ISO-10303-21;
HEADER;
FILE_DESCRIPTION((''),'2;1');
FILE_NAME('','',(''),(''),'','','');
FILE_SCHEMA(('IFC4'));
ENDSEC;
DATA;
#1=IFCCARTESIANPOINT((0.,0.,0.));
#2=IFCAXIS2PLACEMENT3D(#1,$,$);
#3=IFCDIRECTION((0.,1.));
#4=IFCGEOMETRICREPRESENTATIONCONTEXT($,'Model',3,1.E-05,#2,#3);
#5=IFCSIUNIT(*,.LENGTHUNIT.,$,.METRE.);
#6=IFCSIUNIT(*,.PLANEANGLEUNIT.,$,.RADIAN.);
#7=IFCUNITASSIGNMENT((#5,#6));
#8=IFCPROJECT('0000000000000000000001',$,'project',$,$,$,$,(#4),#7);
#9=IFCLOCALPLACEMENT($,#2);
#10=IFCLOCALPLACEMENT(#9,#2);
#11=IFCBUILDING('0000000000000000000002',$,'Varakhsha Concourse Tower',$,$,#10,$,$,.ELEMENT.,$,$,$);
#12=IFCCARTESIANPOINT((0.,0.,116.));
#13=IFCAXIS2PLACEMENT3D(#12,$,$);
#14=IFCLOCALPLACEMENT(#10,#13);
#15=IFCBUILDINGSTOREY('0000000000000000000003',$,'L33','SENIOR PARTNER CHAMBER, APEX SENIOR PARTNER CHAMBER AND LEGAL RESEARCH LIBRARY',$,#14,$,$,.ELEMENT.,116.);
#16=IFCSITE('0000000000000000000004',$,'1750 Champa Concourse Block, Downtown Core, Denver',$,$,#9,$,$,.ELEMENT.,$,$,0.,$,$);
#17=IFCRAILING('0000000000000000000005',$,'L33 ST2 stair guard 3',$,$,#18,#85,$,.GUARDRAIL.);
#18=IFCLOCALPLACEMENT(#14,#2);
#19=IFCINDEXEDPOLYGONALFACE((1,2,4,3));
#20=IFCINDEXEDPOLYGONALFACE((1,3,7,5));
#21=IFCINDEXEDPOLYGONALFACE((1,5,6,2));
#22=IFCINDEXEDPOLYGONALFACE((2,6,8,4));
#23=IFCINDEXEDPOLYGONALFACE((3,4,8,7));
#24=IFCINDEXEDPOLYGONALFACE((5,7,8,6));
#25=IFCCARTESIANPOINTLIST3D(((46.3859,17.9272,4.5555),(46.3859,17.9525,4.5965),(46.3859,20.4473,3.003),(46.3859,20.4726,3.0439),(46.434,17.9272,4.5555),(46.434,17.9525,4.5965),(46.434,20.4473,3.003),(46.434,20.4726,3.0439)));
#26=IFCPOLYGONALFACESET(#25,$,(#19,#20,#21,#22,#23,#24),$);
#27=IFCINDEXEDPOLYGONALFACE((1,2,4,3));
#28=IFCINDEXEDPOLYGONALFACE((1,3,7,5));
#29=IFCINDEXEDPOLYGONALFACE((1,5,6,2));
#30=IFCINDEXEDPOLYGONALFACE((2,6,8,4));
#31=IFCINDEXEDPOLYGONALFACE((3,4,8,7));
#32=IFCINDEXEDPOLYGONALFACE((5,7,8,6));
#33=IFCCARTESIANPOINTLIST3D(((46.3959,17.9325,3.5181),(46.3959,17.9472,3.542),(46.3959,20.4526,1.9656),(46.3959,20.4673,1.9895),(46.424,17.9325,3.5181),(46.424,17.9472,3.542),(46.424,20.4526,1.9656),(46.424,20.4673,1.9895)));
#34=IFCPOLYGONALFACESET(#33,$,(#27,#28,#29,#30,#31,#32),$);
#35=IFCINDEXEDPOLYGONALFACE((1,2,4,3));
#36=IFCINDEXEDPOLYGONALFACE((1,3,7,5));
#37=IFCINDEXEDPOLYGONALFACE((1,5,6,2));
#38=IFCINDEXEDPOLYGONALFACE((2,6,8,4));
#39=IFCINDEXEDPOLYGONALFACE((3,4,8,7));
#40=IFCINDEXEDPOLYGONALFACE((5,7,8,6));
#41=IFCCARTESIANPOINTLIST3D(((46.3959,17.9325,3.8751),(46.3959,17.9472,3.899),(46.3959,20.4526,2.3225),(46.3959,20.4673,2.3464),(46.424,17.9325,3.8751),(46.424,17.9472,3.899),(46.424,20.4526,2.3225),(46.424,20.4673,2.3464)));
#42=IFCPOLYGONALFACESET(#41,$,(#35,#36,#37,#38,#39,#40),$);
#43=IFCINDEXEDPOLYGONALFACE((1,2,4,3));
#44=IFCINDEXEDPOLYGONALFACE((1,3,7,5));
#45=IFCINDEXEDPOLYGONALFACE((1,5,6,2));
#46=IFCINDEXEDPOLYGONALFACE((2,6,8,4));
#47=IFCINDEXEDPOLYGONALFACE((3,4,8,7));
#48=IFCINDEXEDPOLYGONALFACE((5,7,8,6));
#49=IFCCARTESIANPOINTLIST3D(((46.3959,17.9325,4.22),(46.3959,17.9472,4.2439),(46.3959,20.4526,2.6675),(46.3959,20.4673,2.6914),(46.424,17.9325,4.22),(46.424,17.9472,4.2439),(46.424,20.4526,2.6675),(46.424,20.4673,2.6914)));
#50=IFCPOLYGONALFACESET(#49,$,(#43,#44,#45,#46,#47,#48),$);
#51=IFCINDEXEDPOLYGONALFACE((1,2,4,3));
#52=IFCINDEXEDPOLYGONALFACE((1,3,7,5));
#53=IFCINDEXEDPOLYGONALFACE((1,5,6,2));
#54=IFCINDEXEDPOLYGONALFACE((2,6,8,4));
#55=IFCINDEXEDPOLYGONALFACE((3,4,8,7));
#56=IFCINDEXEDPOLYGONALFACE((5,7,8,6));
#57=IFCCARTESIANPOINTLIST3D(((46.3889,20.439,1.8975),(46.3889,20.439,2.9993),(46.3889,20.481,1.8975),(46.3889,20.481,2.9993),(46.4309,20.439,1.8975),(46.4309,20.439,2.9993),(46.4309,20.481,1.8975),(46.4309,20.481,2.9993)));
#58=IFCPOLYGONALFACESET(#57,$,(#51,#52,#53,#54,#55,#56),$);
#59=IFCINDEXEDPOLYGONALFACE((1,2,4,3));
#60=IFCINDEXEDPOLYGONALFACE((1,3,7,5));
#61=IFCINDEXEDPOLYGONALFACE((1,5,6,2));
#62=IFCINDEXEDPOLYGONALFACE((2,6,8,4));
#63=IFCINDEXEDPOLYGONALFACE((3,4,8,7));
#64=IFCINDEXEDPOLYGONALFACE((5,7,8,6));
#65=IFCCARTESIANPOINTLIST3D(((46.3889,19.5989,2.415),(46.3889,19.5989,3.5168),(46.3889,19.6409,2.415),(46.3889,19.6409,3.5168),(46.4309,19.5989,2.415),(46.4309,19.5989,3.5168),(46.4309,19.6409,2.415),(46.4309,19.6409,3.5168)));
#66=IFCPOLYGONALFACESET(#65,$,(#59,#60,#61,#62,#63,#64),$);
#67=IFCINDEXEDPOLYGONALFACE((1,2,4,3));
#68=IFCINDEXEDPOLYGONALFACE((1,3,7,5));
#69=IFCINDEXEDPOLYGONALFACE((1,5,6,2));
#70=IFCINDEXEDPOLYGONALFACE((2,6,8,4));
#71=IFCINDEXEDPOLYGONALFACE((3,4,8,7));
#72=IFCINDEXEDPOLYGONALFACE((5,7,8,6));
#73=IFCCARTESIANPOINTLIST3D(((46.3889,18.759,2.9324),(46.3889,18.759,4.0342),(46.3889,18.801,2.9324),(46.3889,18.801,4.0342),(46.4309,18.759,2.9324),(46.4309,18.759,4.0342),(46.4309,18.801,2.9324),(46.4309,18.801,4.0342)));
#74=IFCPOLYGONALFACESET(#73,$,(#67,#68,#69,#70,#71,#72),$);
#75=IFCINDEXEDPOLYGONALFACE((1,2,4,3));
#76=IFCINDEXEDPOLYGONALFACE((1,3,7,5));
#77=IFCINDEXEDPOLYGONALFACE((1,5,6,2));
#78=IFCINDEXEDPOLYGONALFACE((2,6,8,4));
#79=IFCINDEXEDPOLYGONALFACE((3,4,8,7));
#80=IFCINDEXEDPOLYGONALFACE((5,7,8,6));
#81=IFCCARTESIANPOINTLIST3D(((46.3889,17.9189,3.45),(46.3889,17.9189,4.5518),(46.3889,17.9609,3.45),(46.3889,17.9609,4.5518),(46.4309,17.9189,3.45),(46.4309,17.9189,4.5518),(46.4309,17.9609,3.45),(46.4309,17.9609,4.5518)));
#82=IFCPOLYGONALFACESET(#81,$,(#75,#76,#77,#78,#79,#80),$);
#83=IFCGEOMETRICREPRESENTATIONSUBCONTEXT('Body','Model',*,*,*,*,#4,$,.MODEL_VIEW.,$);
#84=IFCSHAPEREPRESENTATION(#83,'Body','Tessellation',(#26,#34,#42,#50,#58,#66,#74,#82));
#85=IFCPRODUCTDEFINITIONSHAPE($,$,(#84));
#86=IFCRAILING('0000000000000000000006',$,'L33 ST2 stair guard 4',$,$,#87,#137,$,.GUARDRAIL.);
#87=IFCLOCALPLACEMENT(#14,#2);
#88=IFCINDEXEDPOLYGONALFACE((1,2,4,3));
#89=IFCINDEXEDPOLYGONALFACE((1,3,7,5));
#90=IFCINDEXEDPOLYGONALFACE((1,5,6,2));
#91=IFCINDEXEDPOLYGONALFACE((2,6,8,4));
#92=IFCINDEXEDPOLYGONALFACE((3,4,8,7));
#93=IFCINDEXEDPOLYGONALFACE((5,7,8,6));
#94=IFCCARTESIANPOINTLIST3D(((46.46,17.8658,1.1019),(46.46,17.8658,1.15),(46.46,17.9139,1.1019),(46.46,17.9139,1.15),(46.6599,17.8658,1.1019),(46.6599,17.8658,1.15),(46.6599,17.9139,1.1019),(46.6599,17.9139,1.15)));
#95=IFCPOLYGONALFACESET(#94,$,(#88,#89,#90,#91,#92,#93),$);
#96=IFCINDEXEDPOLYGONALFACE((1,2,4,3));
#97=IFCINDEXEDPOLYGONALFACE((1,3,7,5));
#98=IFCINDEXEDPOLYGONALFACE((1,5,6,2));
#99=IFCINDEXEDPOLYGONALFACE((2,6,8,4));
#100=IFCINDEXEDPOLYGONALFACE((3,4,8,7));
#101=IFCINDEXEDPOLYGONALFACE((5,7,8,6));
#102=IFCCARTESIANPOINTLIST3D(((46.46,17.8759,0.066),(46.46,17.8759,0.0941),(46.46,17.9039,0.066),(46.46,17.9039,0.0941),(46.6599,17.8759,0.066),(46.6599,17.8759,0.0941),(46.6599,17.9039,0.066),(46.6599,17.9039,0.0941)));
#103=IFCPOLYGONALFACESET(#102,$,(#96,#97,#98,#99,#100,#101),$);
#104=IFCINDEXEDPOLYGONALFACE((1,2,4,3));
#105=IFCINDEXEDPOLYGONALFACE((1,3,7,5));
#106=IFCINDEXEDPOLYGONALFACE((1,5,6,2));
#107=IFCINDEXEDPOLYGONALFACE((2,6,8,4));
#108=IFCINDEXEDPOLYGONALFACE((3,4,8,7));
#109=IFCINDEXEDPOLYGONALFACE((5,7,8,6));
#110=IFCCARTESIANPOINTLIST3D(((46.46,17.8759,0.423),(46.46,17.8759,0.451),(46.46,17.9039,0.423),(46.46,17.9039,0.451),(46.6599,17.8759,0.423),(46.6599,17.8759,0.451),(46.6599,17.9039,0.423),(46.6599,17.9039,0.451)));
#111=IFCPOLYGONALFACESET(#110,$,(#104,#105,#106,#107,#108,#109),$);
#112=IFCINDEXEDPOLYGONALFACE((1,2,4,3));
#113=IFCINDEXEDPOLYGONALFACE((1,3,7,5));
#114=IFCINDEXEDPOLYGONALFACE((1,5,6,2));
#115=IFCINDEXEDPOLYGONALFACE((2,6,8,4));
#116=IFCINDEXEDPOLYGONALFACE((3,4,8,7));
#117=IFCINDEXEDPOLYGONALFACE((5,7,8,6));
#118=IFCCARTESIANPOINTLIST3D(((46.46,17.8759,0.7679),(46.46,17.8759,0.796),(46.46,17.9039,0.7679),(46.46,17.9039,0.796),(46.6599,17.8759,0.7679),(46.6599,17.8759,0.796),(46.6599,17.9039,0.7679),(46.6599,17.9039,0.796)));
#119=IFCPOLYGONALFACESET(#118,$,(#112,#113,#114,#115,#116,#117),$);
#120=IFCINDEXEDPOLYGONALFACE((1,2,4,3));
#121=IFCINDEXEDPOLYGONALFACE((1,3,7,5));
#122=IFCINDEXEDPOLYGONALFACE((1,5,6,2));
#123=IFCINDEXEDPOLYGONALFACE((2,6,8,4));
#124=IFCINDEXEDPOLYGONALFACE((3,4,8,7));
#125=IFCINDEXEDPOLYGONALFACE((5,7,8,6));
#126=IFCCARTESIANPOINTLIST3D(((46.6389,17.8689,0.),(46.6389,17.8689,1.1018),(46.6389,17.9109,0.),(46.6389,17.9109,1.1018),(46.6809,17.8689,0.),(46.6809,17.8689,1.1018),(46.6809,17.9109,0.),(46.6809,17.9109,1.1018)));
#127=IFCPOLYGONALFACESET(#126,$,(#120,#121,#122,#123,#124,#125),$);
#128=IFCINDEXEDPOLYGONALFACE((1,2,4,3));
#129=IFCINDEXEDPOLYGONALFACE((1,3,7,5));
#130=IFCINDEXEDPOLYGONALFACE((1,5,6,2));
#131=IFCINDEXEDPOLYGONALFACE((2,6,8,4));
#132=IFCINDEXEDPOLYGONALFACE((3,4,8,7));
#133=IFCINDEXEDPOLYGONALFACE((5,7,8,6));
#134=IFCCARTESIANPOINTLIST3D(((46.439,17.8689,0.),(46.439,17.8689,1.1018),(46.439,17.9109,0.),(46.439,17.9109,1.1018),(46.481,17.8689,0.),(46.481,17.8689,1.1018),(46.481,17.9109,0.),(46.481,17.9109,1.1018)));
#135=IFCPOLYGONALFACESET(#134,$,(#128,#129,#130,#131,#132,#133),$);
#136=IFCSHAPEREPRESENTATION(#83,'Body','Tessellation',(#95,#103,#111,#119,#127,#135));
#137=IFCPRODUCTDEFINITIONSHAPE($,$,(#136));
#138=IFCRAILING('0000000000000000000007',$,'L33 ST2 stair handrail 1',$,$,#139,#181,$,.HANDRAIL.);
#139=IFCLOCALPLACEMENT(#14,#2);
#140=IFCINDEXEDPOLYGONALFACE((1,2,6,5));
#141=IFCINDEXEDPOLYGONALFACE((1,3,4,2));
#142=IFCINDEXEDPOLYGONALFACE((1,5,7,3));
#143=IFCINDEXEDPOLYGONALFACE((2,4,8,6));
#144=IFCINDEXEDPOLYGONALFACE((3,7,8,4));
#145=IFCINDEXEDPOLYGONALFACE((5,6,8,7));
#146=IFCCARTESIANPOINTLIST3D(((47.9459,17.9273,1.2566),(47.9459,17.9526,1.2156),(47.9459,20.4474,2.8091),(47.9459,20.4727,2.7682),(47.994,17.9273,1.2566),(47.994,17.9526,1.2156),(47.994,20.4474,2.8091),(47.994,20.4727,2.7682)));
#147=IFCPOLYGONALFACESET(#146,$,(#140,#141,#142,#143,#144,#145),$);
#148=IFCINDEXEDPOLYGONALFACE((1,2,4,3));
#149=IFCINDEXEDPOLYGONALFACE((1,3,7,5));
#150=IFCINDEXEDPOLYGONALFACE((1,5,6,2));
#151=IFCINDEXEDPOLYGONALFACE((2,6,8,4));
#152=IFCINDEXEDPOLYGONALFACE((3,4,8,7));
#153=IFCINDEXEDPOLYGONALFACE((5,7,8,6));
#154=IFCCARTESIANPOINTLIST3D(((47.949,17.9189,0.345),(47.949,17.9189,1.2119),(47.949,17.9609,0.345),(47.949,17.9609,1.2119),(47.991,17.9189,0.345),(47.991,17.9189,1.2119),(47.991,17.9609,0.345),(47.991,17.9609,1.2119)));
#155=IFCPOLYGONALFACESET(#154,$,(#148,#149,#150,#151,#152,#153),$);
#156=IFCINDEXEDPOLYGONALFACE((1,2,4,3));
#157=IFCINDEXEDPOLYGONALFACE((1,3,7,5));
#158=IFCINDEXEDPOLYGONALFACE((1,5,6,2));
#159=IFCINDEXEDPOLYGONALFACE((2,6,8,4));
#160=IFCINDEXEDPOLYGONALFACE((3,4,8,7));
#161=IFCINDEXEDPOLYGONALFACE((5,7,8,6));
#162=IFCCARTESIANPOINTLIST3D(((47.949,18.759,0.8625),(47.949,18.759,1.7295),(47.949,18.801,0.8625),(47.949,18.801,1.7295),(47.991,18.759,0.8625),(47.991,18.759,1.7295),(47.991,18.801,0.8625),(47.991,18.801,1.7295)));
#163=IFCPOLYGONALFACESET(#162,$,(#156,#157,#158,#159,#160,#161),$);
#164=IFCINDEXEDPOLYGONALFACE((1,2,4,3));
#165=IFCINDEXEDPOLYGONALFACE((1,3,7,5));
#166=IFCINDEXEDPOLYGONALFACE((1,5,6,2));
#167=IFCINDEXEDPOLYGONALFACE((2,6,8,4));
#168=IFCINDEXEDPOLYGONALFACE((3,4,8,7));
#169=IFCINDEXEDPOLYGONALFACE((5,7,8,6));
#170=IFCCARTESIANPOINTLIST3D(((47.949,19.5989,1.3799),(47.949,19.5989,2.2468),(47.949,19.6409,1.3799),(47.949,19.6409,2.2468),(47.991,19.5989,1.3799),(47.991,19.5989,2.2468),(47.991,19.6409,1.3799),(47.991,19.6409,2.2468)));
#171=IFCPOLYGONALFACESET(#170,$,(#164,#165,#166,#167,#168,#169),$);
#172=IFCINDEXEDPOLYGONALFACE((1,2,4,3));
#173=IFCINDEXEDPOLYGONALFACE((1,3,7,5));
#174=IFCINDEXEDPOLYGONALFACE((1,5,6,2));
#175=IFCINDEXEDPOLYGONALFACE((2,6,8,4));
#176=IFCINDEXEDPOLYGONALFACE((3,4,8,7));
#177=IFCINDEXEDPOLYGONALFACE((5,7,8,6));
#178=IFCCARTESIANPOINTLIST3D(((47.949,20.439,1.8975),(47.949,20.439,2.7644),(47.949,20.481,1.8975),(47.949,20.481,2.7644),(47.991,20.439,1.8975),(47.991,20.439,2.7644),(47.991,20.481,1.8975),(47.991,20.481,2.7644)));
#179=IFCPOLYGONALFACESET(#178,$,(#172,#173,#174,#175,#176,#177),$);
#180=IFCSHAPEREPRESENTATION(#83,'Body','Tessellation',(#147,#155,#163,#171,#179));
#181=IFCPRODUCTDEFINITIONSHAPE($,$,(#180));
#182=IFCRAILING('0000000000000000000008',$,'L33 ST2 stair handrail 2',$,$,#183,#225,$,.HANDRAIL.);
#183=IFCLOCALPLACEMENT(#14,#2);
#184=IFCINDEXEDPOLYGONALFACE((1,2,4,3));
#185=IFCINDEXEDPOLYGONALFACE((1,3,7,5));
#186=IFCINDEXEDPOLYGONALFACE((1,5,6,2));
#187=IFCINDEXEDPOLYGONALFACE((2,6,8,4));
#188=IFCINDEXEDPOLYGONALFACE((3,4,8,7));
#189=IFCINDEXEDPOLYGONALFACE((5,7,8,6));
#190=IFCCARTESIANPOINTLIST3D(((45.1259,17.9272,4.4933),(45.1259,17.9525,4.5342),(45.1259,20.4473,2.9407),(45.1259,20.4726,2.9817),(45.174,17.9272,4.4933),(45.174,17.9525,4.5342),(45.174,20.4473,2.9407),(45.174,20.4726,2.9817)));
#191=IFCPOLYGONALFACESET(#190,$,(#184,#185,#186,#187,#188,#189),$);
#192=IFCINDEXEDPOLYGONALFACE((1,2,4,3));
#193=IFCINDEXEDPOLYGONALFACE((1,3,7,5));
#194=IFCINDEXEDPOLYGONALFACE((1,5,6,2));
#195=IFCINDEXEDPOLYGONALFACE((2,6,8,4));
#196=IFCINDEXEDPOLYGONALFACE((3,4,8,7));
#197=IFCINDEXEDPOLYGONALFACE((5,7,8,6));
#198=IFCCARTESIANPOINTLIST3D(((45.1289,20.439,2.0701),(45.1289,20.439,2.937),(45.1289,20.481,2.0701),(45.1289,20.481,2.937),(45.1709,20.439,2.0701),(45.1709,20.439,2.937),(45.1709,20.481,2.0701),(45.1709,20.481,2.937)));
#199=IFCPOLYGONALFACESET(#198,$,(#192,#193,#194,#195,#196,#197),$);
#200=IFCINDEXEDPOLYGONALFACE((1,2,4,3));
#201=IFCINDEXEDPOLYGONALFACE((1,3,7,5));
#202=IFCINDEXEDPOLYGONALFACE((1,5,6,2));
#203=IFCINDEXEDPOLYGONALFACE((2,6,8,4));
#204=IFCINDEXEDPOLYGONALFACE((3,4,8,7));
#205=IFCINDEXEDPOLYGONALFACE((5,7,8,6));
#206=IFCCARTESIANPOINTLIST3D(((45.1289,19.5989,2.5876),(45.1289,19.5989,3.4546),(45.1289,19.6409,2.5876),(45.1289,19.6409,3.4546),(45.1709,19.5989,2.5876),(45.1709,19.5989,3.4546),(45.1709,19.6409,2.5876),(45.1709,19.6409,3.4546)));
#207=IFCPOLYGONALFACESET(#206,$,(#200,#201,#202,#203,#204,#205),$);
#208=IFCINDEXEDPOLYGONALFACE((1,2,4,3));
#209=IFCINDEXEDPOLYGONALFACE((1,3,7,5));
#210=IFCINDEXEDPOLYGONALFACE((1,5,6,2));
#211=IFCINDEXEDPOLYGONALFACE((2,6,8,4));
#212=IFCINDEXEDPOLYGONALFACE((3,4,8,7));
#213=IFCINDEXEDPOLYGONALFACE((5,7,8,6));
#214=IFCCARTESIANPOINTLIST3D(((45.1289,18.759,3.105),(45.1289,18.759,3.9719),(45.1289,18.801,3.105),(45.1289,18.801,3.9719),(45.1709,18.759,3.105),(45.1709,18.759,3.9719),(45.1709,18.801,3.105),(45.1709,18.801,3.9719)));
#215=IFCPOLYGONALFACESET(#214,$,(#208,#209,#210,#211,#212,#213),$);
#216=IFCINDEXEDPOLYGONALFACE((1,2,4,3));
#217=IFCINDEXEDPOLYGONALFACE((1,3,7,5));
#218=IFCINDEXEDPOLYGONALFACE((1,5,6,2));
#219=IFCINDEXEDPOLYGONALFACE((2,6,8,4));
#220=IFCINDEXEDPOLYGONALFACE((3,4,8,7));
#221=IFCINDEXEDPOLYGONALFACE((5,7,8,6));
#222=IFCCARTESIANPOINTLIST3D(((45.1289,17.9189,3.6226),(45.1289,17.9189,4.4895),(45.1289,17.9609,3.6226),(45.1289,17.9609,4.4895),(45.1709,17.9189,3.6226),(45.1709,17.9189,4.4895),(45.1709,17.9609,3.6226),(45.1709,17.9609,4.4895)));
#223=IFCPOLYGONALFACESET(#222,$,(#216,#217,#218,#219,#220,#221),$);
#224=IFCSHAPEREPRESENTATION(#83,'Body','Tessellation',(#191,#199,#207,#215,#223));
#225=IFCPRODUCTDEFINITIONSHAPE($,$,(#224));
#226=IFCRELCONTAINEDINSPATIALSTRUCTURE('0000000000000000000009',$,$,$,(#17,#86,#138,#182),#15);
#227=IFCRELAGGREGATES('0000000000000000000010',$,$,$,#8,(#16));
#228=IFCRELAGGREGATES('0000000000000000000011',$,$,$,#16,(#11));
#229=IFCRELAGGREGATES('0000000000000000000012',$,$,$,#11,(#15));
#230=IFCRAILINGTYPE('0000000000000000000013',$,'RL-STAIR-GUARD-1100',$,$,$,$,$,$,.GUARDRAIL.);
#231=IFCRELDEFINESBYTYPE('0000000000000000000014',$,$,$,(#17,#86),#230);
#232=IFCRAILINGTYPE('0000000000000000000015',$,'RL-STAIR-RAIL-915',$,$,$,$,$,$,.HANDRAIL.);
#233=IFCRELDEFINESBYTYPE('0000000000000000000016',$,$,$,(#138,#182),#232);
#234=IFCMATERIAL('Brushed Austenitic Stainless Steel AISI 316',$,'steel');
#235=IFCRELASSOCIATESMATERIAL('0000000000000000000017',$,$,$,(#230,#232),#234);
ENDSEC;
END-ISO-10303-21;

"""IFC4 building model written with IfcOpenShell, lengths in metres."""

from ifc_helpers import new_model, si_unit, direction, frame, origin, origin_2d, place, context, subcontext, project, spatial, rectangle, extrude, material, type_object, element, save


model = new_model("IFC4")

# Units and contexts
model_context = context("Model", 3, precision=1e-05, world=origin(), true_north=direction((0.0, 1.0)))
body_context = subcontext(model_context, "Body", "Model", "MODEL_VIEW")
ifc_project = project(units=[si_unit("LENGTHUNIT", "METRE"), si_unit("PLANEANGLEUNIT", "RADIAN")], contexts=[model_context])

# Site, building, storey
site_placement = place(None, origin())
site = spatial("IfcSite", under=ifc_project, at=site_placement, Name="1750 Champa Concourse Block, Downtown Core, Denver", CompositionType="ELEMENT", RefElevation=0.0)
building_placement = place(site_placement, origin())
building = spatial("IfcBuilding", under=site, at=building_placement, Name="Varakhsha Concourse Tower", CompositionType="ELEMENT")
storey_placement = place(building_placement, frame((0.0, 0.0, 116.0)))
storey = spatial("IfcBuildingStorey", under=building, at=storey_placement, Name="L33", Description="SENIOR PARTNER CHAMBER, APEX SENIOR PARTNER CHAMBER AND LEGAL RESEARCH LIBRARY", CompositionType="ELEMENT", Elevation=116.0)

# Railings
ifc_material_1 = material(Name="Brushed Austenitic Stainless Steel AISI 316", Category="steel")
railing_type_1 = type_object("IfcRailingType", Name="RL-STAIR-GUARD-1100", PredefinedType="GUARDRAIL", material=ifc_material_1)
railing_1_placement = place(storey_placement, frame((46.4099, 20.46, 1.8975)))
element("IfcRailing", 1, at=railing_1_placement, inside=storey, type_object=railing_type_1, Name="L33 ST2 stair guard 3", PredefinedType="GUARDRAIL", context=body_context, shape_type="SweptSolid", body=[
    extrude(rectangle(XDim=0.0481, YDim=0.0481, at=origin_2d()), frame((0.0, 0.0, 1.126), z_axis=(0.0, -0.8514, 0.524516), x_axis=(1.0, 0.0, 0.0)), (0.0, 0.0, 1.0), 2.96),
    extrude(rectangle(XDim=0.0281, YDim=0.0281, at=origin_2d()), frame((0.0, 0.0, 0.0801), z_axis=(0.0, -0.8514, 0.524516), x_axis=(1.0, 0.0, 0.0)), (0.0, 0.0, 1.0), 2.96),
    extrude(rectangle(XDim=0.0281, YDim=0.0281, at=origin_2d()), frame((0.0, 0.0, 0.437), z_axis=(0.0, -0.8514, 0.524516), x_axis=(1.0, 0.0, 0.0)), (0.0, 0.0, 1.0), 2.96),
    extrude(rectangle(XDim=0.0281, YDim=0.0281, at=origin_2d()), frame((0.0, 0.0, 0.782), z_axis=(0.0, -0.8514, 0.524516), x_axis=(1.0, 0.0, 0.0)), (0.0, 0.0, 1.0), 2.96),
    extrude(rectangle(XDim=0.042, YDim=0.042, at=origin_2d()), origin(), (0.0, 0.0, 1.0), 1.1018),
    extrude(rectangle(XDim=0.042, YDim=0.042, at=origin_2d()), frame((0.0, -0.8401, 0.5176)), (0.0, 0.0, 1.0), 1.1018),
    extrude(rectangle(XDim=0.042, YDim=0.042, at=origin_2d()), frame((0.0, -1.6799, 1.0349)), (0.0, 0.0, 1.0), 1.1018),
    extrude(rectangle(XDim=0.042, YDim=0.042, at=origin_2d()), frame((0.0, -2.52, 1.5525)), (0.0, 0.0, 1.0), 1.1018),
])
railing_2_placement = place(storey_placement, frame((46.6599, 17.8899, 0.0)))
element("IfcRailing", 2, at=railing_2_placement, inside=storey, type_object=railing_type_1, Name="L33 ST2 stair guard 4", PredefinedType="GUARDRAIL", context=body_context, shape_type="SweptSolid", body=[
    extrude(rectangle(XDim=0.0481, YDim=0.0481, at=origin_2d()), frame((0.0, 0.0, 1.126), z_axis=(-1.0, 0.0, 0.0), x_axis=(0.0, -1.0, 0.0)), (0.0, 0.0, 1.0), 0.2),
    extrude(rectangle(XDim=0.0281, YDim=0.0281, at=origin_2d()), frame((0.0, 0.0, 0.0801), z_axis=(-1.0, 0.0, 0.0), x_axis=(0.0, -1.0, 0.0)), (0.0, 0.0, 1.0), 0.2),
    extrude(rectangle(XDim=0.0281, YDim=0.0281, at=origin_2d()), frame((0.0, 0.0, 0.437), z_axis=(-1.0, 0.0, 0.0), x_axis=(0.0, -1.0, 0.0)), (0.0, 0.0, 1.0), 0.2),
    extrude(rectangle(XDim=0.0281, YDim=0.0281, at=origin_2d()), frame((0.0, 0.0, 0.782), z_axis=(-1.0, 0.0, 0.0), x_axis=(0.0, -1.0, 0.0)), (0.0, 0.0, 1.0), 0.2),
    extrude(rectangle(XDim=0.042, YDim=0.042, at=origin_2d()), origin(), (0.0, 0.0, 1.0), 1.1018),
    extrude(rectangle(XDim=0.042, YDim=0.042, at=origin_2d()), frame((-0.2, 0.0, 0.0)), (0.0, 0.0, 1.0), 1.1018),
])
railing_type_2 = type_object("IfcRailingType", Name="RL-STAIR-RAIL-915", PredefinedType="HANDRAIL", material=ifc_material_1)
railing_3_placement = place(storey_placement, frame((47.97, 17.9399, 0.345)))
element("IfcRailing", 3, at=railing_3_placement, inside=storey, type_object=railing_type_2, Name="L33 ST2 stair handrail 1", PredefinedType="HANDRAIL", context=body_context, shape_type="SweptSolid", body=[
    extrude(rectangle(XDim=0.0481, YDim=0.0481, at=origin_2d()), frame((0.0, 0.0, 0.8911), z_axis=(0.0, 0.8514, 0.524516), x_axis=(-1.0, 0.0, 0.0)), (0.0, 0.0, 1.0), 2.96),
    extrude(rectangle(XDim=0.042, YDim=0.042, at=origin_2d()), origin(), (0.0, 0.0, 1.0), 0.8669),
    extrude(rectangle(XDim=0.042, YDim=0.042, at=origin_2d()), frame((0.0, 0.8401, 0.5176)), (0.0, 0.0, 1.0), 0.8669),
    extrude(rectangle(XDim=0.042, YDim=0.042, at=origin_2d()), frame((0.0, 1.6799, 1.0349)), (0.0, 0.0, 1.0), 0.8669),
    extrude(rectangle(XDim=0.042, YDim=0.042, at=origin_2d()), frame((0.0, 2.52, 1.5525)), (0.0, 0.0, 1.0), 0.8669),
])
railing_4_placement = place(storey_placement, frame((45.1499, 20.46, 2.0701)))
element("IfcRailing", 4, at=railing_4_placement, inside=storey, type_object=railing_type_2, Name="L33 ST2 stair handrail 2", PredefinedType="HANDRAIL", context=body_context, shape_type="SweptSolid", body=[
    extrude(rectangle(XDim=0.0481, YDim=0.0481, at=origin_2d()), frame((0.0, 0.0, 0.8911), z_axis=(0.0, -0.8514, 0.524516), x_axis=(1.0, 0.0, 0.0)), (0.0, 0.0, 1.0), 2.96),
    extrude(rectangle(XDim=0.042, YDim=0.042, at=origin_2d()), origin(), (0.0, 0.0, 1.0), 0.8669),
    extrude(rectangle(XDim=0.042, YDim=0.042, at=origin_2d()), frame((0.0, -0.8401, 0.5176)), (0.0, 0.0, 1.0), 0.8669),
    extrude(rectangle(XDim=0.042, YDim=0.042, at=origin_2d()), frame((0.0, -1.6799, 1.0349)), (0.0, 0.0, 1.0), 0.8669),
    extrude(rectangle(XDim=0.042, YDim=0.042, at=origin_2d()), frame((0.0, -2.52, 1.5525)), (0.0, 0.0, 1.0), 0.8669),
])

save(model, "model.ifc")
